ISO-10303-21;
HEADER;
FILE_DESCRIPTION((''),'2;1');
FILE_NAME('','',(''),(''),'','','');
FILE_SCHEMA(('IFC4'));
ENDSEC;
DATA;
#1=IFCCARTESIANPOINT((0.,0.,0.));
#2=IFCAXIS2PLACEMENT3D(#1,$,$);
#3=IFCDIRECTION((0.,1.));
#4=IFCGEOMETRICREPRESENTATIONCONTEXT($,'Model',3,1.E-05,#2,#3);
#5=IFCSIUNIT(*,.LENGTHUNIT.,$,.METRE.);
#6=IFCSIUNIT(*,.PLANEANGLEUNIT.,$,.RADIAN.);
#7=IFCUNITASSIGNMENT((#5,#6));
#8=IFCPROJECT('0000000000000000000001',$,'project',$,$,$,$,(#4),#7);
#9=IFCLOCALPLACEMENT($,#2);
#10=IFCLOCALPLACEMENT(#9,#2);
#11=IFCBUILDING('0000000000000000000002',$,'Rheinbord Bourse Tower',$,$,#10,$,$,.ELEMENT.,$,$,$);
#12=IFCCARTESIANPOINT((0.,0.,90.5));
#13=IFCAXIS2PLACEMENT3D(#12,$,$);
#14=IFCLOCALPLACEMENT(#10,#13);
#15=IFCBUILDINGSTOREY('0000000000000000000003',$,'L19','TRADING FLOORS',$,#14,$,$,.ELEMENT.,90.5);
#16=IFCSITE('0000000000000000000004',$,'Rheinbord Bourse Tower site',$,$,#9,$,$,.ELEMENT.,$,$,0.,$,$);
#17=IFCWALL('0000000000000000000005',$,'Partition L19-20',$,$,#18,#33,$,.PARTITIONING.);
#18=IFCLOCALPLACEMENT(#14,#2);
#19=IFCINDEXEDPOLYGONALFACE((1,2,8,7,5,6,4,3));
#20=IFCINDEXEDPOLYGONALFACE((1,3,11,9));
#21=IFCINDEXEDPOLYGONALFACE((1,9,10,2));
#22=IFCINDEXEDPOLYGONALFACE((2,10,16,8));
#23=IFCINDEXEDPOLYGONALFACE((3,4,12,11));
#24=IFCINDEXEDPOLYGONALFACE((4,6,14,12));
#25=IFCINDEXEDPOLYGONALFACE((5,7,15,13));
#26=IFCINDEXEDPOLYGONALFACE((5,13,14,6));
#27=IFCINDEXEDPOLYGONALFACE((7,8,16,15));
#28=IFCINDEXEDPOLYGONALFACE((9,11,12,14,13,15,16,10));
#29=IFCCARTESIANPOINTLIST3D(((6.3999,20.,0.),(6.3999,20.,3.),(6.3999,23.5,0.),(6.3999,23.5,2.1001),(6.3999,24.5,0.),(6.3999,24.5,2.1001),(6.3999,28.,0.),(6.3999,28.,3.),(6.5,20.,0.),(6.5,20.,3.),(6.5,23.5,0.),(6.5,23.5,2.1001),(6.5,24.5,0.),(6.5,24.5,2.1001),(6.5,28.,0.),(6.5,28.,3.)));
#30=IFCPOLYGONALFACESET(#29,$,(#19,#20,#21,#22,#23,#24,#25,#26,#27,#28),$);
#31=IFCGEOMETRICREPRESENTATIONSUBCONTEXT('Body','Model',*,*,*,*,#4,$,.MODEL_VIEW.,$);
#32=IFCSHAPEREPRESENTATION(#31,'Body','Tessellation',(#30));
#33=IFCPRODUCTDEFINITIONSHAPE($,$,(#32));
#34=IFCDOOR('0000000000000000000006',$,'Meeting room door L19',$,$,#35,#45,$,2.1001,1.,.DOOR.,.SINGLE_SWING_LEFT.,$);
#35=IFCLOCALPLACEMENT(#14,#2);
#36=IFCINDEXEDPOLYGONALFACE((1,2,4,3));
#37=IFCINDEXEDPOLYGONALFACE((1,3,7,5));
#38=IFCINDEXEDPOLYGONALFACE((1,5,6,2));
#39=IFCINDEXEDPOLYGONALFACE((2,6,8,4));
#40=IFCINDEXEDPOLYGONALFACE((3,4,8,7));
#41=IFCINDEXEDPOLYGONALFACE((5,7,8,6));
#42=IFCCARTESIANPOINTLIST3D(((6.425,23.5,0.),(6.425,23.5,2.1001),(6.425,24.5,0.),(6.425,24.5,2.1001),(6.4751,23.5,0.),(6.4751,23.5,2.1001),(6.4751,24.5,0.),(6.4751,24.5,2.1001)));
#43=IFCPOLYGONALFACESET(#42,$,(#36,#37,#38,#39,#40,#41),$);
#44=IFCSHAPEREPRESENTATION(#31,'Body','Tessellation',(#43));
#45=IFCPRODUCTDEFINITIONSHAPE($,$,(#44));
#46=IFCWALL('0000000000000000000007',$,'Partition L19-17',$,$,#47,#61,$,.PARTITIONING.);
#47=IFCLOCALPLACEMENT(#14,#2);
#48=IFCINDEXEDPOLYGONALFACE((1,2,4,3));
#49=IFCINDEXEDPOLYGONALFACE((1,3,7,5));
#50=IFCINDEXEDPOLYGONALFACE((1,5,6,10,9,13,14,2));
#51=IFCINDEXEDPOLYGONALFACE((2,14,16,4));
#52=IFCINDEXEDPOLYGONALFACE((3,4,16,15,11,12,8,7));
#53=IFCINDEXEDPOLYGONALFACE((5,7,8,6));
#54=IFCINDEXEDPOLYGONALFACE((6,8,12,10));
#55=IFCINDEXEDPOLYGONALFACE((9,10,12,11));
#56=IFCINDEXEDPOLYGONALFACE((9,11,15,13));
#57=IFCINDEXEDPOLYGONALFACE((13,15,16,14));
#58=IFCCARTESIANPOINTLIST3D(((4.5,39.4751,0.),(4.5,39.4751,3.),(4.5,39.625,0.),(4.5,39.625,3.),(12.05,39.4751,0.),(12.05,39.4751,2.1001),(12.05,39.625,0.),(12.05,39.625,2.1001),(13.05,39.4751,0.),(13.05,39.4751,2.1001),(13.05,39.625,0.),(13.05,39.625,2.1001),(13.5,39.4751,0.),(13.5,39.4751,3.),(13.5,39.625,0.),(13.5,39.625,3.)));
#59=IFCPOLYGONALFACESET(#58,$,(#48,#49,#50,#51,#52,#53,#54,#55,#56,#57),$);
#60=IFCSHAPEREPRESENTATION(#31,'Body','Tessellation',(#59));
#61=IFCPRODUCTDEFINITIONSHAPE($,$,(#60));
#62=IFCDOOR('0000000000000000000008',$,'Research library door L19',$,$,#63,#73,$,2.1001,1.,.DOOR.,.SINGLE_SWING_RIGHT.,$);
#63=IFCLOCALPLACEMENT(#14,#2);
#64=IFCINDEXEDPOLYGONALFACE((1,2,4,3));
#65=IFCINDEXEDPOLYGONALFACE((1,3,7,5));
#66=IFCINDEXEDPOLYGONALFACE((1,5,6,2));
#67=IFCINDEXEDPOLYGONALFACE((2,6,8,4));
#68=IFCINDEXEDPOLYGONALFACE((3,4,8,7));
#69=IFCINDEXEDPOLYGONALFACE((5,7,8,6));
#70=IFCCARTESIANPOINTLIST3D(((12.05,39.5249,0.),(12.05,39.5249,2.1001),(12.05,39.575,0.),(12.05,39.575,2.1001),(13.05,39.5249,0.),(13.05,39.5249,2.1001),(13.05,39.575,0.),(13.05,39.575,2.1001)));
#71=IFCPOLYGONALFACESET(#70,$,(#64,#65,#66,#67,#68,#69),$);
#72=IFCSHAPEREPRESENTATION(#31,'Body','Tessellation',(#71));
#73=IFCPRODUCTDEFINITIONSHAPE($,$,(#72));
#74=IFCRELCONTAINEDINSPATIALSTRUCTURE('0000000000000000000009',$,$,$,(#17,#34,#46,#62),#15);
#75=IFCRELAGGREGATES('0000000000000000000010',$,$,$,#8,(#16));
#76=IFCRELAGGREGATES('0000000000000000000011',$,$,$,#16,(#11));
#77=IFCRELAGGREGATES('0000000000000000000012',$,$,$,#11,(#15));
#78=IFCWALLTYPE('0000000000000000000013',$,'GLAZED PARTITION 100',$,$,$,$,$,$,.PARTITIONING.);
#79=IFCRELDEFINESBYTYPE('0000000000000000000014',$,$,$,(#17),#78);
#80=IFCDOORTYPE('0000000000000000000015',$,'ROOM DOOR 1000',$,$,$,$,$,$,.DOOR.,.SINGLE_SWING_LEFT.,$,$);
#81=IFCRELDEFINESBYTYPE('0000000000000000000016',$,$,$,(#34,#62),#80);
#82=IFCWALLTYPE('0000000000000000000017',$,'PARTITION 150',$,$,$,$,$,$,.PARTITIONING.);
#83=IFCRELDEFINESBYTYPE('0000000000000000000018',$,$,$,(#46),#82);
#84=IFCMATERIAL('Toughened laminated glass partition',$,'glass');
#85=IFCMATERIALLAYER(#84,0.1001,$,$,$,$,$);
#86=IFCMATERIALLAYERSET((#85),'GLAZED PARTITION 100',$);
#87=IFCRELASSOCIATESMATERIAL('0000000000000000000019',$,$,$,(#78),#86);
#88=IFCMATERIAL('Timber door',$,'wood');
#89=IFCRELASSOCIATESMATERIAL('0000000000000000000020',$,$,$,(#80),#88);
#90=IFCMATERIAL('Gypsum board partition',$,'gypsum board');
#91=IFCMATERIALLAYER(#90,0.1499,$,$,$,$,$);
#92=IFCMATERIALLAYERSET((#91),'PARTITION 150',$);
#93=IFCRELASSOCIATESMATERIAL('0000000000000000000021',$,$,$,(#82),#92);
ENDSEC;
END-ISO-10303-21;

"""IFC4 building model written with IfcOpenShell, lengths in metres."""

from ifc_helpers import new_model, si_unit, direction, frame, frame_2d, origin, place, context, subcontext, project, spatial, rectangle, extrude, material, layer, layer_set, type_object, element, fill, save


model = new_model("IFC4")

# Units and contexts
model_context = context("Model", 3, precision=1e-05, world=origin(), true_north=direction((0.0, 1.0)))
body_context = subcontext(model_context, "Body", "Model", "MODEL_VIEW")
ifc_project = project(units=[si_unit("LENGTHUNIT", "METRE"), si_unit("PLANEANGLEUNIT", "RADIAN")], contexts=[model_context])

# Site, building, storey
site_placement = place(None, origin())
site = spatial("IfcSite", under=ifc_project, at=site_placement, Name="Rheinbord Bourse Tower site", CompositionType="ELEMENT", RefElevation=0.0)
building_placement = place(site_placement, origin())
building = spatial("IfcBuilding", under=site, at=building_placement, Name="Rheinbord Bourse Tower", CompositionType="ELEMENT")
storey_placement = place(building_placement, frame((0.0, 0.0, 90.5)))
storey = spatial("IfcBuildingStorey", under=building, at=storey_placement, Name="L19", Description="TRADING FLOORS", CompositionType="ELEMENT", Elevation=90.5)

# Shared definitions
ifc_material_1 = material(Name="Toughened laminated glass partition", Category="glass")
ifc_layer_1 = layer(ifc_material_1, 0.1001)
ifc_layer_set_1 = layer_set([ifc_layer_1], Name="GLAZED PARTITION 100")
wall_type_1 = type_object("IfcWallType", Name="GLAZED PARTITION 100", PredefinedType="PARTITIONING", material=ifc_layer_set_1)

# Walls, openings, doors
wall_1_placement = place(storey_placement, frame((6.45, 20.0, 0.0), z_axis=(0.0, 0.0, 1.0), x_axis=(0.0, 1.0, 0.0)))
wall_1 = element("IfcWall", 1, at=wall_1_placement, inside=storey, type_object=wall_type_1, Name="Partition L19-20", PredefinedType="PARTITIONING", context=body_context, shape_type="SweptSolid", body=[
    extrude(rectangle(XDim=8.0, YDim=0.1001, at=frame_2d((4.0, 0.0))), origin(), (0.0, 0.0, 1.0), 3.0),
])
opening_1_placement = place(wall_1_placement, frame((3.5, 0.0, 0.0)))
opening_1 = element("IfcOpeningElement", 2, at=opening_1_placement, cuts=wall_1, PredefinedType="OPENING", context=body_context, shape_type="SweptSolid", body=[
    extrude(rectangle(XDim=1.0, YDim=2.1001, at=frame_2d((0.5, 1.05))), frame((0.0, 0.0601, 0.0), z_axis=(0.0, -1.0, 0.0), x_axis=(1.0, 0.0, 0.0)), (0.0, 0.0, 1.0), 0.1201),
])
ifc_material_2 = material(Name="Timber door", Category="wood")
door_type = type_object("IfcDoorType", Name="ROOM DOOR 1000", OperationType="SINGLE_SWING_LEFT", PredefinedType="DOOR", material=ifc_material_2)
door_1_placement = place(opening_1_placement, origin())
door_1 = element("IfcDoor", 3, at=door_1_placement, inside=storey, type_object=door_type, Name="Meeting room door L19", OperationType="SINGLE_SWING_LEFT", OverallHeight=2.1001, OverallWidth=1.0, PredefinedType="DOOR", context=body_context, shape_type="SweptSolid", body=[
    extrude(rectangle(XDim=1.0, YDim=2.1001, at=frame_2d((0.5, 1.05))), frame((0.0, 0.0249, 0.0), z_axis=(0.0, -1.0, 0.0), x_axis=(1.0, 0.0, 0.0)), (0.0, 0.0, 1.0), 0.05),
])
fill(opening_1, door_1)
ifc_material_3 = material(Name="Gypsum board partition", Category="gypsum board")
ifc_layer_2 = layer(ifc_material_3, 0.1499)
ifc_layer_set_2 = layer_set([ifc_layer_2], Name="PARTITION 150")
wall_type_2 = type_object("IfcWallType", Name="PARTITION 150", PredefinedType="PARTITIONING", material=ifc_layer_set_2)
wall_2_placement = place(storey_placement, frame((4.5, 39.55, 0.0), z_axis=(0.0, 0.0, 1.0), x_axis=(1.0, 0.0, 0.0)))
wall_2 = element("IfcWall", 4, at=wall_2_placement, inside=storey, type_object=wall_type_2, Name="Partition L19-17", PredefinedType="PARTITIONING", context=body_context, shape_type="SweptSolid", body=[
    extrude(rectangle(XDim=9.0, YDim=0.1499, at=frame_2d((4.5, 0.0))), origin(), (0.0, 0.0, 1.0), 3.0),
])
opening_2_placement = place(wall_2_placement, frame((7.55, 0.0, 0.0)))
opening_2 = element("IfcOpeningElement", 5, at=opening_2_placement, cuts=wall_2, PredefinedType="OPENING", context=body_context, shape_type="SweptSolid", body=[
    extrude(rectangle(XDim=1.0, YDim=2.1001, at=frame_2d((0.5, 1.05))), frame((0.0, 0.085, 0.0), z_axis=(0.0, -1.0, 0.0), x_axis=(1.0, 0.0, 0.0)), (0.0, 0.0, 1.0), 0.1699),
])
door_2_placement = place(opening_2_placement, origin())
door_2 = element("IfcDoor", 6, at=door_2_placement, inside=storey, type_object=door_type, Name="Research library door L19", OperationType="SINGLE_SWING_RIGHT", OverallHeight=2.1001, OverallWidth=1.0, PredefinedType="DOOR", context=body_context, shape_type="SweptSolid", body=[
    extrude(rectangle(XDim=1.0, YDim=2.1001, at=frame_2d((0.5, 1.05))), frame((0.0, 0.0249, 0.0), z_axis=(0.0, -1.0, 0.0), x_axis=(1.0, 0.0, 0.0)), (0.0, 0.0, 1.0), 0.05),
])
fill(opening_2, door_2)

save(model, "model.ifc")
